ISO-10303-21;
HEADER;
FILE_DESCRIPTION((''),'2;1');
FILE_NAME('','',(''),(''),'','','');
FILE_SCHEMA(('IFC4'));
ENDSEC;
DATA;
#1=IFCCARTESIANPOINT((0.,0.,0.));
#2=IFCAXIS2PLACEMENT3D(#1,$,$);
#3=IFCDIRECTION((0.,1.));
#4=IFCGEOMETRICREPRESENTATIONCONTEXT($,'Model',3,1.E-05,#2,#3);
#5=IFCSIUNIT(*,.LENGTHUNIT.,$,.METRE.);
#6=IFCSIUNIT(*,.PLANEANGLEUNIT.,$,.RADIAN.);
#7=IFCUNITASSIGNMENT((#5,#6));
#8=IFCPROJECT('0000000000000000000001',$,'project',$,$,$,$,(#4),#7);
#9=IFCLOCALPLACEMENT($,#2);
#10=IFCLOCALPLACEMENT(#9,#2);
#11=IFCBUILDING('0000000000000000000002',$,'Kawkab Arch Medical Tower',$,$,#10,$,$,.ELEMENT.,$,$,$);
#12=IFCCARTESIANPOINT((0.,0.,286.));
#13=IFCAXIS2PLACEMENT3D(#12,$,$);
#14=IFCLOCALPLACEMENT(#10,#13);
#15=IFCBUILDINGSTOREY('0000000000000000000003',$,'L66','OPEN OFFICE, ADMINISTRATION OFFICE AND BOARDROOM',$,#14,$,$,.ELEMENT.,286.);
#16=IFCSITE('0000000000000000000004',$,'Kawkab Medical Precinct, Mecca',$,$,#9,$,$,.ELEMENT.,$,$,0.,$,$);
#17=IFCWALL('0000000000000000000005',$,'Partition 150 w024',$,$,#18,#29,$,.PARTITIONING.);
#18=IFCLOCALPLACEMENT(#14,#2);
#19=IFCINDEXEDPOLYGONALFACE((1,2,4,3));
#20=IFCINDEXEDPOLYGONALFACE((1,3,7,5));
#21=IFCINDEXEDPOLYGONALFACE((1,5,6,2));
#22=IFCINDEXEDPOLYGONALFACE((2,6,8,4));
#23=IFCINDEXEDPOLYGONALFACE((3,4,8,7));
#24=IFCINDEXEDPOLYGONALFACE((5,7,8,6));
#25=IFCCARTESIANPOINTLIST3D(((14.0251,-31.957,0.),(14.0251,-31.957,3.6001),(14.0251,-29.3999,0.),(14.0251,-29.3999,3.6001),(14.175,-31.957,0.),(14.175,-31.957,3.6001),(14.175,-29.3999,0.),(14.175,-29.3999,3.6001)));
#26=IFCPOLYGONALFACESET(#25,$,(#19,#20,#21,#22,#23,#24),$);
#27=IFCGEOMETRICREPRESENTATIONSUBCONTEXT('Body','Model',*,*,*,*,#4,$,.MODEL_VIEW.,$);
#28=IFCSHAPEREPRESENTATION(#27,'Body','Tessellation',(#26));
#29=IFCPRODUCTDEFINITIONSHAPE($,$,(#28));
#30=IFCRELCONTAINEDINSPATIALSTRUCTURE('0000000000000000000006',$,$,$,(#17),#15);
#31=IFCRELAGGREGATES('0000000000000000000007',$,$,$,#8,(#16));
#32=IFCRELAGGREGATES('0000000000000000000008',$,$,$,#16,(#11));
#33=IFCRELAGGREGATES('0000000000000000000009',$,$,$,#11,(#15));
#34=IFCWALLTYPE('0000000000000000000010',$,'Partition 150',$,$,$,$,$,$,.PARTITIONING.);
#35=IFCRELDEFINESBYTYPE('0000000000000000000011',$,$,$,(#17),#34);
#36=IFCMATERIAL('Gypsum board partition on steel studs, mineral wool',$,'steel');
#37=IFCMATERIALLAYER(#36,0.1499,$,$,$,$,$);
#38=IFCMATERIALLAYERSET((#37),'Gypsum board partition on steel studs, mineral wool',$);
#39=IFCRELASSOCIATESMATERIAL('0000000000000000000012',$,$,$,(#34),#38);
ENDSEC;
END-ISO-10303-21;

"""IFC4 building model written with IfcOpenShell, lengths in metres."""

from ifc_helpers import new_model, si_unit, direction, frame, frame_2d, origin, place, context, subcontext, project, spatial, rectangle, extrude, material, layer, layer_set, type_object, element, save


model = new_model("IFC4")

# Units and contexts
model_context = context("Model", 3, precision=1e-05, world=origin(), true_north=direction((0.0, 1.0)))
body_context = subcontext(model_context, "Body", "Model", "MODEL_VIEW")
ifc_project = project(units=[si_unit("LENGTHUNIT", "METRE"), si_unit("PLANEANGLEUNIT", "RADIAN")], contexts=[model_context])

# Site, building, storey
site_placement = place(None, origin())
site = spatial("IfcSite", under=ifc_project, at=site_placement, Name="Kawkab Medical Precinct, Mecca", CompositionType="ELEMENT", RefElevation=0.0)
building_placement = place(site_placement, origin())
building = spatial("IfcBuilding", under=site, at=building_placement, Name="Kawkab Arch Medical Tower", CompositionType="ELEMENT")
storey_placement = place(building_placement, frame((0.0, 0.0, 286.0)))
storey = spatial("IfcBuildingStorey", under=building, at=storey_placement, Name="L66", Description="OPEN OFFICE, ADMINISTRATION OFFICE AND BOARDROOM", CompositionType="ELEMENT", Elevation=286.0)

# Wall
ifc_material_1 = material(Name="Gypsum board partition on steel studs, mineral wool", Category="steel")
ifc_layer_1 = layer(ifc_material_1, 0.1499)
ifc_layer_set_1 = layer_set([ifc_layer_1], Name="Gypsum board partition on steel studs, mineral wool")
wall_type_1 = type_object("IfcWallType", Name="Partition 150", PredefinedType="PARTITIONING", material=ifc_layer_set_1)
wall_1_placement = place(storey_placement, frame((14.1001, -31.957, 0.0), z_axis=(0.0, 0.0, 1.0), x_axis=(0.0, 1.0, 0.0)))
element("IfcWall", 1, at=wall_1_placement, inside=storey, type_object=wall_type_1, Name="Partition 150 w024", PredefinedType="PARTITIONING", context=body_context, shape_type="SweptSolid", body=[
    extrude(rectangle(XDim=2.5571, YDim=0.1499, at=frame_2d((1.2786, 0.0))), origin(), (0.0, 0.0, 1.0), 3.6001),
])

save(model, "model.ifc")
